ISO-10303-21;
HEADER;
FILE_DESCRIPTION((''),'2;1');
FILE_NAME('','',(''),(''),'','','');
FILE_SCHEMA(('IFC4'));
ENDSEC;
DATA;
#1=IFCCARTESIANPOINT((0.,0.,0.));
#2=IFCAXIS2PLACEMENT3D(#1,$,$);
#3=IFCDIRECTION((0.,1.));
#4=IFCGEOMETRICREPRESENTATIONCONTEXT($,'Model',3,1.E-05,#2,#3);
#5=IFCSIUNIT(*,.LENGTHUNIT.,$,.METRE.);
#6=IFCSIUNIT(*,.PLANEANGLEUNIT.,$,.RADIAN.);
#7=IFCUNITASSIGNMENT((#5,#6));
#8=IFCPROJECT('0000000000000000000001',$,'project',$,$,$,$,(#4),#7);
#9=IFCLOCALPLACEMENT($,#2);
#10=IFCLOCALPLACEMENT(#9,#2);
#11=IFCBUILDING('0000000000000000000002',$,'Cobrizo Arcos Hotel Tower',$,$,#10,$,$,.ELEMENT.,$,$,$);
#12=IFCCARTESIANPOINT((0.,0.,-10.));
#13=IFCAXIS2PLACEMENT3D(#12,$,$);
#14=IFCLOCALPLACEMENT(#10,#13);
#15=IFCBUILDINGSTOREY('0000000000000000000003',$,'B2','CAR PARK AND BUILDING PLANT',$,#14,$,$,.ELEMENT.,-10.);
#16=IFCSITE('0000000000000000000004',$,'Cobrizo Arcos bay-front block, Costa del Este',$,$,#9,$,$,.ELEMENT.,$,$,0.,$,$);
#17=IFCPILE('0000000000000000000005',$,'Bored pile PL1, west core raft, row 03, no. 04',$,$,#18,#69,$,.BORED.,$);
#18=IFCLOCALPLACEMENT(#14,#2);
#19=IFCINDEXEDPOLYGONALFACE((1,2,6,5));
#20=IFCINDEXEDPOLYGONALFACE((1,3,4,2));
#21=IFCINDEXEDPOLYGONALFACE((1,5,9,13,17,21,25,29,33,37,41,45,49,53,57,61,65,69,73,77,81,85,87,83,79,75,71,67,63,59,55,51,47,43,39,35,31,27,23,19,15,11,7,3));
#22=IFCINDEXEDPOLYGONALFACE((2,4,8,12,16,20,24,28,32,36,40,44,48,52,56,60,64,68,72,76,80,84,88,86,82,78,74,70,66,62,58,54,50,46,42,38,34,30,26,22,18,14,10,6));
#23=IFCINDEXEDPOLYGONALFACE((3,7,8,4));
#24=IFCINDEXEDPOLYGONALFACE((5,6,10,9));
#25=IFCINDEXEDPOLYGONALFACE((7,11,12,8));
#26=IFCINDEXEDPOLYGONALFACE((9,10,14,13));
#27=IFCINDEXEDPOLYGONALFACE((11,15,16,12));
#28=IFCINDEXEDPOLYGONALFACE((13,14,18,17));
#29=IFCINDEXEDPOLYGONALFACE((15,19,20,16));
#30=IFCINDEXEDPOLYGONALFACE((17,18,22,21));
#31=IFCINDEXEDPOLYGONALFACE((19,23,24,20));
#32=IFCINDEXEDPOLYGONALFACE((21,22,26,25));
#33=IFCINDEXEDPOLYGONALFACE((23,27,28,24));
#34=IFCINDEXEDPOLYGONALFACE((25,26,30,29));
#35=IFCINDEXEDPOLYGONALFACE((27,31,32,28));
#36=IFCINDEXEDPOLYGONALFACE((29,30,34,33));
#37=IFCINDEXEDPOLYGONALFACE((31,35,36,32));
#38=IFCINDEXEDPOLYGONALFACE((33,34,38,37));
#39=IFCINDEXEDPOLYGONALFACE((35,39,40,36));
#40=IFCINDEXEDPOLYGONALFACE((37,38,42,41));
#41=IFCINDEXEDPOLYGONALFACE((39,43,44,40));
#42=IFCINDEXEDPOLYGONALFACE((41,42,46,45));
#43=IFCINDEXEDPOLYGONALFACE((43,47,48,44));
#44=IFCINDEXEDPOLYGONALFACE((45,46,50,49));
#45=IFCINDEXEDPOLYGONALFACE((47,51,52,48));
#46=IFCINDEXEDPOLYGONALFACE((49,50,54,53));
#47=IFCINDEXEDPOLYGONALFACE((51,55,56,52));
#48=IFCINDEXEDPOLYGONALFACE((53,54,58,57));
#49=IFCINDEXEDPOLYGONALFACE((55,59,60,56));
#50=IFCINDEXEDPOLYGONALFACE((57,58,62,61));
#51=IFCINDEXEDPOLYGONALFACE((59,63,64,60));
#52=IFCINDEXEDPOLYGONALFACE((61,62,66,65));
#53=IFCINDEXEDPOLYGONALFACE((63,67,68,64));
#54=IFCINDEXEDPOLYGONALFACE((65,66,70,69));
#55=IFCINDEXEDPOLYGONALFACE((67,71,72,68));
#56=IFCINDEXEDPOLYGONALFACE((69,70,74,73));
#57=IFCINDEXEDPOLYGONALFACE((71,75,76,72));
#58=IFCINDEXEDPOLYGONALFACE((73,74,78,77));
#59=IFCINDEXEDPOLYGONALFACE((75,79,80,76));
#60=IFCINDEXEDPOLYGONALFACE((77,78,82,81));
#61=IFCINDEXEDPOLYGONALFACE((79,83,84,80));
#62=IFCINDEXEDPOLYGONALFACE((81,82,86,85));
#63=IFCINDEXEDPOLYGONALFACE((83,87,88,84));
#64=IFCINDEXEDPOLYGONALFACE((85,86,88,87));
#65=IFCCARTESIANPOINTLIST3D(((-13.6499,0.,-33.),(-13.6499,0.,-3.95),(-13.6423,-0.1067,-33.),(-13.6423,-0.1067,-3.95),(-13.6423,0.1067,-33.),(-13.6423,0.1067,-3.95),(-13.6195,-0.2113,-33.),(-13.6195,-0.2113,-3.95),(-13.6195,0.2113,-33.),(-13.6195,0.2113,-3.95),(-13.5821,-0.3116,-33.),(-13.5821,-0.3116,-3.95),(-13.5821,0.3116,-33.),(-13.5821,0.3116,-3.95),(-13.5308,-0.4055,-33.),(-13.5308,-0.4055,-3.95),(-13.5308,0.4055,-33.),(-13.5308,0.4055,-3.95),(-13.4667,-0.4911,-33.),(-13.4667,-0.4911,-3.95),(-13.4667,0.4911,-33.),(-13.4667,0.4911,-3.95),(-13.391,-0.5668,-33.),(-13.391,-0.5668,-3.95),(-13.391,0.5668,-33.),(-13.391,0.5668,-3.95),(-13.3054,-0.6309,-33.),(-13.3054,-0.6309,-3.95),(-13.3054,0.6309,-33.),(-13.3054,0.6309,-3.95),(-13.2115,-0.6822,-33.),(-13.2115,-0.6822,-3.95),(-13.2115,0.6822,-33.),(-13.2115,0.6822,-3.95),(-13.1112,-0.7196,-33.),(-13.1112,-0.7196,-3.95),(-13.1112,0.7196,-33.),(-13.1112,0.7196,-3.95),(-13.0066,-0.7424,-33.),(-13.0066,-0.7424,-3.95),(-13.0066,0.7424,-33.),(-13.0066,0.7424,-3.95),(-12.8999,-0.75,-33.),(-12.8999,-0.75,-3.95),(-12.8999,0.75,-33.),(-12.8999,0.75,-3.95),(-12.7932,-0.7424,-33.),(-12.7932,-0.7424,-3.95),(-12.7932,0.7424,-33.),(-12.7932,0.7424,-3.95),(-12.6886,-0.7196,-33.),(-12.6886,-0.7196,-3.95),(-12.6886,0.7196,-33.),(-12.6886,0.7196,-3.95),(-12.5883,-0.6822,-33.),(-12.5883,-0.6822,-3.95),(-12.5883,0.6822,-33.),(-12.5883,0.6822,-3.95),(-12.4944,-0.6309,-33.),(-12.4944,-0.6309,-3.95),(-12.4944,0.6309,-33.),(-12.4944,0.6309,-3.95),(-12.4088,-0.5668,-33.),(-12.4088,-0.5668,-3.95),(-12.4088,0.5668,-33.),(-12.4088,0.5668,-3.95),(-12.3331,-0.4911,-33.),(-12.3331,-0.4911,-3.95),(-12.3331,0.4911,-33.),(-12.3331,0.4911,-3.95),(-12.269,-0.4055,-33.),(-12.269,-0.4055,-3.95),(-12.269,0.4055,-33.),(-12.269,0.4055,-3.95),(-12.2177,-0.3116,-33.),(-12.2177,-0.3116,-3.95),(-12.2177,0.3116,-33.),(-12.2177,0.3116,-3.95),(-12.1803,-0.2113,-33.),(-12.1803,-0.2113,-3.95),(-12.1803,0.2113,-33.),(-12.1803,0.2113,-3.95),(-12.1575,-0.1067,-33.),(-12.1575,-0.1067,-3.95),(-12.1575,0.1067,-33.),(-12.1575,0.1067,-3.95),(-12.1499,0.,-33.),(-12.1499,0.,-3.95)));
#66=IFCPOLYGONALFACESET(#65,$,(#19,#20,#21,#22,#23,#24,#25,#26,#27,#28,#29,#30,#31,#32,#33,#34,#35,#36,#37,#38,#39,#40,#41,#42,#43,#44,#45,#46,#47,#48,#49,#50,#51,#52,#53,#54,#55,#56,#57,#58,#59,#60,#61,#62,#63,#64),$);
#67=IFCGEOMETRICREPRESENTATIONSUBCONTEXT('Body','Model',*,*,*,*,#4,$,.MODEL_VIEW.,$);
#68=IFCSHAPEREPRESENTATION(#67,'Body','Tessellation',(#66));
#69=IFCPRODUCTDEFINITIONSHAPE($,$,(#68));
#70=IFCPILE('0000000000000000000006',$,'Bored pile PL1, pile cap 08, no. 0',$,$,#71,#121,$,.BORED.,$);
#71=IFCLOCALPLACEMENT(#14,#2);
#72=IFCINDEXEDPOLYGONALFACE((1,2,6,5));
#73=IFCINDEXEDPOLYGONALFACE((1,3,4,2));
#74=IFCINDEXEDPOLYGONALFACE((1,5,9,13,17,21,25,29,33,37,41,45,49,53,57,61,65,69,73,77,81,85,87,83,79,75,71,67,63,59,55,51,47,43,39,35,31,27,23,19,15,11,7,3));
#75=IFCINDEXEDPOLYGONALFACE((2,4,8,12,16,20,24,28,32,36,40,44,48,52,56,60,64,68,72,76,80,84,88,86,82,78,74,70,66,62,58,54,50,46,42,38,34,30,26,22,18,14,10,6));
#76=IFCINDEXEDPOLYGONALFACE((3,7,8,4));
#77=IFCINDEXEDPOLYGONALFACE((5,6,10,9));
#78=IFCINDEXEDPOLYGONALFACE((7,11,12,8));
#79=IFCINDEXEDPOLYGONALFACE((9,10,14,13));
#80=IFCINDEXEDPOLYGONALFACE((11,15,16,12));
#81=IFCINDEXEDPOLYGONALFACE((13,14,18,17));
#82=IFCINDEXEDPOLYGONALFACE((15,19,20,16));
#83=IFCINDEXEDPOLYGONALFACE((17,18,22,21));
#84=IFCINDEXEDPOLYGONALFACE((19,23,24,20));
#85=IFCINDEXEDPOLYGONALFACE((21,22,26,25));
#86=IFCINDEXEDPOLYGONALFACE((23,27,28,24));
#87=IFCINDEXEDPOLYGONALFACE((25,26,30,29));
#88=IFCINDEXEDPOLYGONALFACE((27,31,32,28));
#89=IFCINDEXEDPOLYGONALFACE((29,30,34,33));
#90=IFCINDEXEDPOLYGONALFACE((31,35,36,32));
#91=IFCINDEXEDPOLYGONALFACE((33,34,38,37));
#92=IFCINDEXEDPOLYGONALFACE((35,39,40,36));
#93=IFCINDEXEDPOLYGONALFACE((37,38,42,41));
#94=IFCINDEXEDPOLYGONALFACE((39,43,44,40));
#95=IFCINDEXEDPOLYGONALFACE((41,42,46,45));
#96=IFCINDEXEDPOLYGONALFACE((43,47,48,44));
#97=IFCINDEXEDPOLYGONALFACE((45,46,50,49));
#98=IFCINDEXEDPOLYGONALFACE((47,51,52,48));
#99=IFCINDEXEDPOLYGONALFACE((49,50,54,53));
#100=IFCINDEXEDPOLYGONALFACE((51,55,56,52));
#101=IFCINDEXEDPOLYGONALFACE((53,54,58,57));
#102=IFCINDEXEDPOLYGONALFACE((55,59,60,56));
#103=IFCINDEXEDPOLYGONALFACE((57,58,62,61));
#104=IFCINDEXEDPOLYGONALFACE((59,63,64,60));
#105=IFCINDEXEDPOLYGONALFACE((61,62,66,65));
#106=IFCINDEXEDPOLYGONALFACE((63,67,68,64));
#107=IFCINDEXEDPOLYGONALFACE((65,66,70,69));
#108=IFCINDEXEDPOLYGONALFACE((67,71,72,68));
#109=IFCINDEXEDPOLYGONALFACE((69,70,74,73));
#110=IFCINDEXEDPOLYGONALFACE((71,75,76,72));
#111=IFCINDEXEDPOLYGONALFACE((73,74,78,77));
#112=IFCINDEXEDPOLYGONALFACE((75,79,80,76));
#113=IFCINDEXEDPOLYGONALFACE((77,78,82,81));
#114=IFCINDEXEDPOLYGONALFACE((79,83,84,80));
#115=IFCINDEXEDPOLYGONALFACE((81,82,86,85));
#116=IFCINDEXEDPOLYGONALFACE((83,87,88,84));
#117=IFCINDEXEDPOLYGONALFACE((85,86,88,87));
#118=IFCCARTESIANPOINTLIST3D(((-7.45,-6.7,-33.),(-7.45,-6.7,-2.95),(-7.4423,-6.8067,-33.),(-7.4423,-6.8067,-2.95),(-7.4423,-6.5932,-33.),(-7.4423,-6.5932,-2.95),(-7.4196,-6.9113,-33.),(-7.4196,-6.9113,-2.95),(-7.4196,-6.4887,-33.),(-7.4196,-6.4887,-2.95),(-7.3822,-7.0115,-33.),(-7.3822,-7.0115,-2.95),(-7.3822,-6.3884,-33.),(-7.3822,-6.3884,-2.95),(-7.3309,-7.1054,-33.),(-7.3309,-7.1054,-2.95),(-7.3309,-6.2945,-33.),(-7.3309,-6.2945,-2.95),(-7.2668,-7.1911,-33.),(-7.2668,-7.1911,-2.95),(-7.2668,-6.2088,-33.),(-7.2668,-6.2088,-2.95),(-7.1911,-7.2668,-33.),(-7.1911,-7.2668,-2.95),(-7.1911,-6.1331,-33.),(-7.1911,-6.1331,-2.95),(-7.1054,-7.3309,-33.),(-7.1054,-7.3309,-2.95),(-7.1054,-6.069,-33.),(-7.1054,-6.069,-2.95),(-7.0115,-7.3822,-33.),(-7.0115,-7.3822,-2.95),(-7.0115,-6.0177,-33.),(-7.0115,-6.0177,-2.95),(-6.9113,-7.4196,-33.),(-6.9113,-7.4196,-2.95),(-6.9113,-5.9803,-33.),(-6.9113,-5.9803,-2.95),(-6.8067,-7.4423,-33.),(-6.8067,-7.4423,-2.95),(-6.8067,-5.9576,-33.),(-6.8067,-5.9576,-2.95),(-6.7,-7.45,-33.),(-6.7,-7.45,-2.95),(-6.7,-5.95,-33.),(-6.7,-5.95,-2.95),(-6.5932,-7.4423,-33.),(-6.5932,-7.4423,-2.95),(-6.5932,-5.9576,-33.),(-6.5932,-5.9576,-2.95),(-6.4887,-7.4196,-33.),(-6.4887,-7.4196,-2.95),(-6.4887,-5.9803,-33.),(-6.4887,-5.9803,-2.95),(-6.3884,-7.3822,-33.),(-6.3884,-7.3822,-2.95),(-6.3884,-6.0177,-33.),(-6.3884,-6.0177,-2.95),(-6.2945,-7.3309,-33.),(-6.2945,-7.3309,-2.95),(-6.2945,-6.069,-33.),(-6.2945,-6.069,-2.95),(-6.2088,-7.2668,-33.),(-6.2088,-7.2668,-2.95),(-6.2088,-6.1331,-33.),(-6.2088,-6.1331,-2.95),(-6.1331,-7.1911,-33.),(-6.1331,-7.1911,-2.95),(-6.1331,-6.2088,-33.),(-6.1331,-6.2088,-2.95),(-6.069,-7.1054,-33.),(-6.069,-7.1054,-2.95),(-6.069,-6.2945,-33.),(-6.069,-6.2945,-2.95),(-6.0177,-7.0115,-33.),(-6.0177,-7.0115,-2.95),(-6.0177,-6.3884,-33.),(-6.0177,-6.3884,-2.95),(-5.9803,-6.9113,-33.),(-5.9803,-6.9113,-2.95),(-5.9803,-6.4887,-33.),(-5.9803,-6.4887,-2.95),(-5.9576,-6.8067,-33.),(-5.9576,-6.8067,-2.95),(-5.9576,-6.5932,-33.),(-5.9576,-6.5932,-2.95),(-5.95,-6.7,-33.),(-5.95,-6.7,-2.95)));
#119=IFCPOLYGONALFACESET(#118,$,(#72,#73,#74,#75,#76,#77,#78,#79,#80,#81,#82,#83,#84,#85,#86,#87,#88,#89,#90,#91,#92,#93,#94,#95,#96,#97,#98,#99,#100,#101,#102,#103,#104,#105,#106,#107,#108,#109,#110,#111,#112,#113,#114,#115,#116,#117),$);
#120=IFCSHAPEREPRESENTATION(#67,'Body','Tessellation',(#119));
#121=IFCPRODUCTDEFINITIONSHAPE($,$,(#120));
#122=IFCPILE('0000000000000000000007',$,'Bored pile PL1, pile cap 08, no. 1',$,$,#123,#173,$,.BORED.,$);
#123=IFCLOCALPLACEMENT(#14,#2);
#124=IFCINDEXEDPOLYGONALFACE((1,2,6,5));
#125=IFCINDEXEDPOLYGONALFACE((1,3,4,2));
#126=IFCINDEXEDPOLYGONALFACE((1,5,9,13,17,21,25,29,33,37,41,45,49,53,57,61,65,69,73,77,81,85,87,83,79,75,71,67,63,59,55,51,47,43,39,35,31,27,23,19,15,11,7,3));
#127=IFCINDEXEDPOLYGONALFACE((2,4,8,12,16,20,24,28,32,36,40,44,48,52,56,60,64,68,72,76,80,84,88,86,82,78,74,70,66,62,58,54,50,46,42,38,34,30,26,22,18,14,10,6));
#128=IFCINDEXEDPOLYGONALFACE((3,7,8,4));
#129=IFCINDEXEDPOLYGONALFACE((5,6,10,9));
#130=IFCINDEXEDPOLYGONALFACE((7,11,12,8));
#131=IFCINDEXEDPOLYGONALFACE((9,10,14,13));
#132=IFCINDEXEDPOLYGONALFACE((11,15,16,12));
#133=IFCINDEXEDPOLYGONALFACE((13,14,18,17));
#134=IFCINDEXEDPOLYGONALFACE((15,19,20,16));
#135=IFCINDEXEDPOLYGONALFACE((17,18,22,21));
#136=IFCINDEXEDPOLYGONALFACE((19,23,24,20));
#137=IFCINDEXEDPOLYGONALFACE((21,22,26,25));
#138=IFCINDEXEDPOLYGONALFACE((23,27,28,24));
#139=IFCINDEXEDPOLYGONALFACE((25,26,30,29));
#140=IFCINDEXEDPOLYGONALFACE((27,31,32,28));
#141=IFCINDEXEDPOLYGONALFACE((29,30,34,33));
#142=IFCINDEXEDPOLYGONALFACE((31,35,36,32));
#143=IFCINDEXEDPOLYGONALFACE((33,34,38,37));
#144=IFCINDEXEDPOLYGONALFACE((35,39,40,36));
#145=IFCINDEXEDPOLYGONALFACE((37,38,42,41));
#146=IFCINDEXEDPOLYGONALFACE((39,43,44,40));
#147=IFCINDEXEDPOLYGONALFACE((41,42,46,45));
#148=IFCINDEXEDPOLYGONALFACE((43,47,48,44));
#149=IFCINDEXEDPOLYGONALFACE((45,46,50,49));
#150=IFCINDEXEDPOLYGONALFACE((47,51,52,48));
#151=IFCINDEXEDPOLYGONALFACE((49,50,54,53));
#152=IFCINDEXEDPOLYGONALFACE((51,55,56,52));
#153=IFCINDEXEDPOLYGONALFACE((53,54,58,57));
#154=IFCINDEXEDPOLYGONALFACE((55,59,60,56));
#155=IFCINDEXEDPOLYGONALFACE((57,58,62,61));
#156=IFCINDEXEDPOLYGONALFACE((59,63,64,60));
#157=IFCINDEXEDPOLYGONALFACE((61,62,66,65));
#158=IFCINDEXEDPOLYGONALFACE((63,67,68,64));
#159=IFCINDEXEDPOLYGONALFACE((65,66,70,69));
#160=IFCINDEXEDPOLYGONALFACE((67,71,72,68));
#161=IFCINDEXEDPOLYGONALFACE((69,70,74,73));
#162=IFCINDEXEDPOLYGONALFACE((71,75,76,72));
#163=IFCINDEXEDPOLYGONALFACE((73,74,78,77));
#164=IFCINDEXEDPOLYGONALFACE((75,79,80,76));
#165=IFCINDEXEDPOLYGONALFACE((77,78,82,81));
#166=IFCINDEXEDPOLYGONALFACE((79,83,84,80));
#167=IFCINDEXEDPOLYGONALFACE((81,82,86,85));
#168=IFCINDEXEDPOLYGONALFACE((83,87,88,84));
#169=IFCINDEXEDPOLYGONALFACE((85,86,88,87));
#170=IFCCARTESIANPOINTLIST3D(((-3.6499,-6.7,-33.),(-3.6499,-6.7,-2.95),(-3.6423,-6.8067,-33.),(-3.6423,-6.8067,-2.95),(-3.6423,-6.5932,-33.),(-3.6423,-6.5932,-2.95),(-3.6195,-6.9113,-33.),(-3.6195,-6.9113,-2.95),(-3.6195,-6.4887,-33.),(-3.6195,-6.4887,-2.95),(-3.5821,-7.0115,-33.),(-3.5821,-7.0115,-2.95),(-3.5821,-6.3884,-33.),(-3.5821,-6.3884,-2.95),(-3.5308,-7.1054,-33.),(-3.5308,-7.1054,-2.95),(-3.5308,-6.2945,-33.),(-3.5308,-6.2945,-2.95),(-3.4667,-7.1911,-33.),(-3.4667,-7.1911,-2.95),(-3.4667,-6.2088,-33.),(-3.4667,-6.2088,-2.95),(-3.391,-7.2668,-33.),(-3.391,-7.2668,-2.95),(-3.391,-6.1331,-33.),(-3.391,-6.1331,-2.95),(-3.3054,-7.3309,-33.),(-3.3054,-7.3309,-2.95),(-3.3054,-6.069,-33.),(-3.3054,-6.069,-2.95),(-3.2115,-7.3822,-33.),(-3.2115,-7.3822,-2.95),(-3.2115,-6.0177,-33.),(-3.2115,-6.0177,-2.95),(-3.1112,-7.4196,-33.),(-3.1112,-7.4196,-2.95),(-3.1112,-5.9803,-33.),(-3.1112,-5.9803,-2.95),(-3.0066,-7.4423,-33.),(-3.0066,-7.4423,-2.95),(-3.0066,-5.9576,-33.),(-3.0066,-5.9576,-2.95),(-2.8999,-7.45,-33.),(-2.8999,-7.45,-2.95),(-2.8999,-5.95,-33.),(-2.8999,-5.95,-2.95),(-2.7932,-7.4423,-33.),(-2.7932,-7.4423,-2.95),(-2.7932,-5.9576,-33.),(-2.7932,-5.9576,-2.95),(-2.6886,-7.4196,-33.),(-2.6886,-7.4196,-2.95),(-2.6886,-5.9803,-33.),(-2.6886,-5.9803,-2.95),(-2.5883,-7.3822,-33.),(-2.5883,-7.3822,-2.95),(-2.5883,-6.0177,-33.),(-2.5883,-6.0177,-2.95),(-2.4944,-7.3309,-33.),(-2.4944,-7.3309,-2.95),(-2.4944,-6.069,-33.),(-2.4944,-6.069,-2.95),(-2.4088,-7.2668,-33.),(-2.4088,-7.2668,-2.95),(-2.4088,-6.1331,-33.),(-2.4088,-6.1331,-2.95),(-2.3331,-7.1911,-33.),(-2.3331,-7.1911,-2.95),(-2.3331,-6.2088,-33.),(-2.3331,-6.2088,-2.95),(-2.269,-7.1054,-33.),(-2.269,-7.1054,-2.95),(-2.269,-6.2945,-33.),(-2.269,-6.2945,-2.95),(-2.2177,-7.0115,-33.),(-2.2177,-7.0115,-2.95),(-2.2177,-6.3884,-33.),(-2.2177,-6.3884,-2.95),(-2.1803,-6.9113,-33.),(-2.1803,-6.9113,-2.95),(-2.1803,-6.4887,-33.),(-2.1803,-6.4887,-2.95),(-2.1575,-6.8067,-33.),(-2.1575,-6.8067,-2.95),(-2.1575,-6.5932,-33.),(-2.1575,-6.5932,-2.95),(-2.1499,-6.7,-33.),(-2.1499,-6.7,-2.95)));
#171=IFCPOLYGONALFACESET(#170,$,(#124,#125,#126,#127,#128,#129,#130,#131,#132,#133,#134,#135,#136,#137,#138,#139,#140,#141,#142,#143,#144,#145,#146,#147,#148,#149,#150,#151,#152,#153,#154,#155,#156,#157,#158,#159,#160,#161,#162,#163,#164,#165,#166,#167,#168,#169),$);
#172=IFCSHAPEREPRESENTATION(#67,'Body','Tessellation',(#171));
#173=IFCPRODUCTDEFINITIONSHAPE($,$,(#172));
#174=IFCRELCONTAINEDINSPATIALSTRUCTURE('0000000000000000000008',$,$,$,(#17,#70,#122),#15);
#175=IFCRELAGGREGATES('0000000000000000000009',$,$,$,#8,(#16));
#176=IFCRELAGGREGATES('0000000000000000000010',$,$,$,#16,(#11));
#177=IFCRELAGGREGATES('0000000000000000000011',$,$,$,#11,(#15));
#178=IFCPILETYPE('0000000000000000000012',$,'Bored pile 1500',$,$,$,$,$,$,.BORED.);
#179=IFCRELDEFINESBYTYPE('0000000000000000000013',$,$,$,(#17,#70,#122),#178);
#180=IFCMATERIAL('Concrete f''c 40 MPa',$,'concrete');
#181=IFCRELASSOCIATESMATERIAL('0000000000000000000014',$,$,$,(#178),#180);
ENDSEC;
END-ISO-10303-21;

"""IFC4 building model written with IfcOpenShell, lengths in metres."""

from ifc_helpers import new_model, si_unit, direction, frame, origin, origin_2d, place, context, subcontext, project, spatial, circle, extrude, material, material_profile, profile_set, type_object, element, save


model = new_model("IFC4")

# Units and contexts
model_context = context("Model", 3, precision=1e-05, world=origin(), true_north=direction((0.0, 1.0)))
body_context = subcontext(model_context, "Body", "Model", "MODEL_VIEW")
ifc_project = project(units=[si_unit("LENGTHUNIT", "METRE"), si_unit("PLANEANGLEUNIT", "RADIAN")], contexts=[model_context])

# Site, building, storey
site_placement = place(None, origin())
site = spatial("IfcSite", under=ifc_project, at=site_placement, Name="Cobrizo Arcos bay-front block, Costa del Este", CompositionType="ELEMENT", RefElevation=0.0)
building_placement = place(site_placement, origin())
building = spatial("IfcBuilding", under=site, at=building_placement, Name="Cobrizo Arcos Hotel Tower", CompositionType="ELEMENT")
storey_placement = place(building_placement, frame((0.0, 0.0, -10.0)))
storey = spatial("IfcBuildingStorey", under=building, at=storey_placement, Name="B2", Description="CAR PARK AND BUILDING PLANT", CompositionType="ELEMENT", Elevation=-10.0)

# Piles
ifc_material_1 = material(Name="Concrete f'c 40 MPa", Category="concrete")
ifc_material_profile_1 = material_profile(ifc_material_1, circle(Radius=0.75, at=origin_2d()), Name="BORED PILE 1500")
ifc_profile_set_1 = profile_set([ifc_material_profile_1], Name="Concrete f'c 40 MPa")
pile_type = type_object("IfcPileType", Name="Bored pile 1500", PredefinedType="BORED", material=ifc_profile_set_1)
for number, where, z_axis, x_axis, name in (
    (1, (-12.8999, 0.0, -3.95), (0.0, 0.0, -1.0), (1.0, 0.0, 0.0), "Bored pile PL1, west core raft, row 03, no. 04"),
):
    element("IfcPile", number, at=place(storey_placement, frame(where, z_axis=z_axis, x_axis=x_axis)), inside=storey, type_object=pile_type, Name=name, PredefinedType="BORED", context=body_context, shape_type="SweptSolid", body=[
        extrude(circle(Radius=0.75, at=origin_2d()), origin(), (0.0, 0.0, 1.0), 29.05),
    ])
for number, where, z_axis, x_axis, name in (
    (2, (-6.7, -6.7, -2.95), (0.0, 0.0, -1.0), (1.0, 0.0, 0.0), "Bored pile PL1, pile cap 08, no. 0"),
    (3, (-2.8999, -6.7, -2.95), (0.0, 0.0, -1.0), (1.0, 0.0, 0.0), "Bored pile PL1, pile cap 08, no. 1"),
):
    element("IfcPile", number, at=place(storey_placement, frame(where, z_axis=z_axis, x_axis=x_axis)), inside=storey, type_object=pile_type, Name=name, PredefinedType="BORED", context=body_context, shape_type="SweptSolid", body=[
        extrude(circle(Radius=0.75, at=origin_2d()), origin(), (0.0, 0.0, 1.0), 30.05),
    ])

save(model, "model.ifc")
